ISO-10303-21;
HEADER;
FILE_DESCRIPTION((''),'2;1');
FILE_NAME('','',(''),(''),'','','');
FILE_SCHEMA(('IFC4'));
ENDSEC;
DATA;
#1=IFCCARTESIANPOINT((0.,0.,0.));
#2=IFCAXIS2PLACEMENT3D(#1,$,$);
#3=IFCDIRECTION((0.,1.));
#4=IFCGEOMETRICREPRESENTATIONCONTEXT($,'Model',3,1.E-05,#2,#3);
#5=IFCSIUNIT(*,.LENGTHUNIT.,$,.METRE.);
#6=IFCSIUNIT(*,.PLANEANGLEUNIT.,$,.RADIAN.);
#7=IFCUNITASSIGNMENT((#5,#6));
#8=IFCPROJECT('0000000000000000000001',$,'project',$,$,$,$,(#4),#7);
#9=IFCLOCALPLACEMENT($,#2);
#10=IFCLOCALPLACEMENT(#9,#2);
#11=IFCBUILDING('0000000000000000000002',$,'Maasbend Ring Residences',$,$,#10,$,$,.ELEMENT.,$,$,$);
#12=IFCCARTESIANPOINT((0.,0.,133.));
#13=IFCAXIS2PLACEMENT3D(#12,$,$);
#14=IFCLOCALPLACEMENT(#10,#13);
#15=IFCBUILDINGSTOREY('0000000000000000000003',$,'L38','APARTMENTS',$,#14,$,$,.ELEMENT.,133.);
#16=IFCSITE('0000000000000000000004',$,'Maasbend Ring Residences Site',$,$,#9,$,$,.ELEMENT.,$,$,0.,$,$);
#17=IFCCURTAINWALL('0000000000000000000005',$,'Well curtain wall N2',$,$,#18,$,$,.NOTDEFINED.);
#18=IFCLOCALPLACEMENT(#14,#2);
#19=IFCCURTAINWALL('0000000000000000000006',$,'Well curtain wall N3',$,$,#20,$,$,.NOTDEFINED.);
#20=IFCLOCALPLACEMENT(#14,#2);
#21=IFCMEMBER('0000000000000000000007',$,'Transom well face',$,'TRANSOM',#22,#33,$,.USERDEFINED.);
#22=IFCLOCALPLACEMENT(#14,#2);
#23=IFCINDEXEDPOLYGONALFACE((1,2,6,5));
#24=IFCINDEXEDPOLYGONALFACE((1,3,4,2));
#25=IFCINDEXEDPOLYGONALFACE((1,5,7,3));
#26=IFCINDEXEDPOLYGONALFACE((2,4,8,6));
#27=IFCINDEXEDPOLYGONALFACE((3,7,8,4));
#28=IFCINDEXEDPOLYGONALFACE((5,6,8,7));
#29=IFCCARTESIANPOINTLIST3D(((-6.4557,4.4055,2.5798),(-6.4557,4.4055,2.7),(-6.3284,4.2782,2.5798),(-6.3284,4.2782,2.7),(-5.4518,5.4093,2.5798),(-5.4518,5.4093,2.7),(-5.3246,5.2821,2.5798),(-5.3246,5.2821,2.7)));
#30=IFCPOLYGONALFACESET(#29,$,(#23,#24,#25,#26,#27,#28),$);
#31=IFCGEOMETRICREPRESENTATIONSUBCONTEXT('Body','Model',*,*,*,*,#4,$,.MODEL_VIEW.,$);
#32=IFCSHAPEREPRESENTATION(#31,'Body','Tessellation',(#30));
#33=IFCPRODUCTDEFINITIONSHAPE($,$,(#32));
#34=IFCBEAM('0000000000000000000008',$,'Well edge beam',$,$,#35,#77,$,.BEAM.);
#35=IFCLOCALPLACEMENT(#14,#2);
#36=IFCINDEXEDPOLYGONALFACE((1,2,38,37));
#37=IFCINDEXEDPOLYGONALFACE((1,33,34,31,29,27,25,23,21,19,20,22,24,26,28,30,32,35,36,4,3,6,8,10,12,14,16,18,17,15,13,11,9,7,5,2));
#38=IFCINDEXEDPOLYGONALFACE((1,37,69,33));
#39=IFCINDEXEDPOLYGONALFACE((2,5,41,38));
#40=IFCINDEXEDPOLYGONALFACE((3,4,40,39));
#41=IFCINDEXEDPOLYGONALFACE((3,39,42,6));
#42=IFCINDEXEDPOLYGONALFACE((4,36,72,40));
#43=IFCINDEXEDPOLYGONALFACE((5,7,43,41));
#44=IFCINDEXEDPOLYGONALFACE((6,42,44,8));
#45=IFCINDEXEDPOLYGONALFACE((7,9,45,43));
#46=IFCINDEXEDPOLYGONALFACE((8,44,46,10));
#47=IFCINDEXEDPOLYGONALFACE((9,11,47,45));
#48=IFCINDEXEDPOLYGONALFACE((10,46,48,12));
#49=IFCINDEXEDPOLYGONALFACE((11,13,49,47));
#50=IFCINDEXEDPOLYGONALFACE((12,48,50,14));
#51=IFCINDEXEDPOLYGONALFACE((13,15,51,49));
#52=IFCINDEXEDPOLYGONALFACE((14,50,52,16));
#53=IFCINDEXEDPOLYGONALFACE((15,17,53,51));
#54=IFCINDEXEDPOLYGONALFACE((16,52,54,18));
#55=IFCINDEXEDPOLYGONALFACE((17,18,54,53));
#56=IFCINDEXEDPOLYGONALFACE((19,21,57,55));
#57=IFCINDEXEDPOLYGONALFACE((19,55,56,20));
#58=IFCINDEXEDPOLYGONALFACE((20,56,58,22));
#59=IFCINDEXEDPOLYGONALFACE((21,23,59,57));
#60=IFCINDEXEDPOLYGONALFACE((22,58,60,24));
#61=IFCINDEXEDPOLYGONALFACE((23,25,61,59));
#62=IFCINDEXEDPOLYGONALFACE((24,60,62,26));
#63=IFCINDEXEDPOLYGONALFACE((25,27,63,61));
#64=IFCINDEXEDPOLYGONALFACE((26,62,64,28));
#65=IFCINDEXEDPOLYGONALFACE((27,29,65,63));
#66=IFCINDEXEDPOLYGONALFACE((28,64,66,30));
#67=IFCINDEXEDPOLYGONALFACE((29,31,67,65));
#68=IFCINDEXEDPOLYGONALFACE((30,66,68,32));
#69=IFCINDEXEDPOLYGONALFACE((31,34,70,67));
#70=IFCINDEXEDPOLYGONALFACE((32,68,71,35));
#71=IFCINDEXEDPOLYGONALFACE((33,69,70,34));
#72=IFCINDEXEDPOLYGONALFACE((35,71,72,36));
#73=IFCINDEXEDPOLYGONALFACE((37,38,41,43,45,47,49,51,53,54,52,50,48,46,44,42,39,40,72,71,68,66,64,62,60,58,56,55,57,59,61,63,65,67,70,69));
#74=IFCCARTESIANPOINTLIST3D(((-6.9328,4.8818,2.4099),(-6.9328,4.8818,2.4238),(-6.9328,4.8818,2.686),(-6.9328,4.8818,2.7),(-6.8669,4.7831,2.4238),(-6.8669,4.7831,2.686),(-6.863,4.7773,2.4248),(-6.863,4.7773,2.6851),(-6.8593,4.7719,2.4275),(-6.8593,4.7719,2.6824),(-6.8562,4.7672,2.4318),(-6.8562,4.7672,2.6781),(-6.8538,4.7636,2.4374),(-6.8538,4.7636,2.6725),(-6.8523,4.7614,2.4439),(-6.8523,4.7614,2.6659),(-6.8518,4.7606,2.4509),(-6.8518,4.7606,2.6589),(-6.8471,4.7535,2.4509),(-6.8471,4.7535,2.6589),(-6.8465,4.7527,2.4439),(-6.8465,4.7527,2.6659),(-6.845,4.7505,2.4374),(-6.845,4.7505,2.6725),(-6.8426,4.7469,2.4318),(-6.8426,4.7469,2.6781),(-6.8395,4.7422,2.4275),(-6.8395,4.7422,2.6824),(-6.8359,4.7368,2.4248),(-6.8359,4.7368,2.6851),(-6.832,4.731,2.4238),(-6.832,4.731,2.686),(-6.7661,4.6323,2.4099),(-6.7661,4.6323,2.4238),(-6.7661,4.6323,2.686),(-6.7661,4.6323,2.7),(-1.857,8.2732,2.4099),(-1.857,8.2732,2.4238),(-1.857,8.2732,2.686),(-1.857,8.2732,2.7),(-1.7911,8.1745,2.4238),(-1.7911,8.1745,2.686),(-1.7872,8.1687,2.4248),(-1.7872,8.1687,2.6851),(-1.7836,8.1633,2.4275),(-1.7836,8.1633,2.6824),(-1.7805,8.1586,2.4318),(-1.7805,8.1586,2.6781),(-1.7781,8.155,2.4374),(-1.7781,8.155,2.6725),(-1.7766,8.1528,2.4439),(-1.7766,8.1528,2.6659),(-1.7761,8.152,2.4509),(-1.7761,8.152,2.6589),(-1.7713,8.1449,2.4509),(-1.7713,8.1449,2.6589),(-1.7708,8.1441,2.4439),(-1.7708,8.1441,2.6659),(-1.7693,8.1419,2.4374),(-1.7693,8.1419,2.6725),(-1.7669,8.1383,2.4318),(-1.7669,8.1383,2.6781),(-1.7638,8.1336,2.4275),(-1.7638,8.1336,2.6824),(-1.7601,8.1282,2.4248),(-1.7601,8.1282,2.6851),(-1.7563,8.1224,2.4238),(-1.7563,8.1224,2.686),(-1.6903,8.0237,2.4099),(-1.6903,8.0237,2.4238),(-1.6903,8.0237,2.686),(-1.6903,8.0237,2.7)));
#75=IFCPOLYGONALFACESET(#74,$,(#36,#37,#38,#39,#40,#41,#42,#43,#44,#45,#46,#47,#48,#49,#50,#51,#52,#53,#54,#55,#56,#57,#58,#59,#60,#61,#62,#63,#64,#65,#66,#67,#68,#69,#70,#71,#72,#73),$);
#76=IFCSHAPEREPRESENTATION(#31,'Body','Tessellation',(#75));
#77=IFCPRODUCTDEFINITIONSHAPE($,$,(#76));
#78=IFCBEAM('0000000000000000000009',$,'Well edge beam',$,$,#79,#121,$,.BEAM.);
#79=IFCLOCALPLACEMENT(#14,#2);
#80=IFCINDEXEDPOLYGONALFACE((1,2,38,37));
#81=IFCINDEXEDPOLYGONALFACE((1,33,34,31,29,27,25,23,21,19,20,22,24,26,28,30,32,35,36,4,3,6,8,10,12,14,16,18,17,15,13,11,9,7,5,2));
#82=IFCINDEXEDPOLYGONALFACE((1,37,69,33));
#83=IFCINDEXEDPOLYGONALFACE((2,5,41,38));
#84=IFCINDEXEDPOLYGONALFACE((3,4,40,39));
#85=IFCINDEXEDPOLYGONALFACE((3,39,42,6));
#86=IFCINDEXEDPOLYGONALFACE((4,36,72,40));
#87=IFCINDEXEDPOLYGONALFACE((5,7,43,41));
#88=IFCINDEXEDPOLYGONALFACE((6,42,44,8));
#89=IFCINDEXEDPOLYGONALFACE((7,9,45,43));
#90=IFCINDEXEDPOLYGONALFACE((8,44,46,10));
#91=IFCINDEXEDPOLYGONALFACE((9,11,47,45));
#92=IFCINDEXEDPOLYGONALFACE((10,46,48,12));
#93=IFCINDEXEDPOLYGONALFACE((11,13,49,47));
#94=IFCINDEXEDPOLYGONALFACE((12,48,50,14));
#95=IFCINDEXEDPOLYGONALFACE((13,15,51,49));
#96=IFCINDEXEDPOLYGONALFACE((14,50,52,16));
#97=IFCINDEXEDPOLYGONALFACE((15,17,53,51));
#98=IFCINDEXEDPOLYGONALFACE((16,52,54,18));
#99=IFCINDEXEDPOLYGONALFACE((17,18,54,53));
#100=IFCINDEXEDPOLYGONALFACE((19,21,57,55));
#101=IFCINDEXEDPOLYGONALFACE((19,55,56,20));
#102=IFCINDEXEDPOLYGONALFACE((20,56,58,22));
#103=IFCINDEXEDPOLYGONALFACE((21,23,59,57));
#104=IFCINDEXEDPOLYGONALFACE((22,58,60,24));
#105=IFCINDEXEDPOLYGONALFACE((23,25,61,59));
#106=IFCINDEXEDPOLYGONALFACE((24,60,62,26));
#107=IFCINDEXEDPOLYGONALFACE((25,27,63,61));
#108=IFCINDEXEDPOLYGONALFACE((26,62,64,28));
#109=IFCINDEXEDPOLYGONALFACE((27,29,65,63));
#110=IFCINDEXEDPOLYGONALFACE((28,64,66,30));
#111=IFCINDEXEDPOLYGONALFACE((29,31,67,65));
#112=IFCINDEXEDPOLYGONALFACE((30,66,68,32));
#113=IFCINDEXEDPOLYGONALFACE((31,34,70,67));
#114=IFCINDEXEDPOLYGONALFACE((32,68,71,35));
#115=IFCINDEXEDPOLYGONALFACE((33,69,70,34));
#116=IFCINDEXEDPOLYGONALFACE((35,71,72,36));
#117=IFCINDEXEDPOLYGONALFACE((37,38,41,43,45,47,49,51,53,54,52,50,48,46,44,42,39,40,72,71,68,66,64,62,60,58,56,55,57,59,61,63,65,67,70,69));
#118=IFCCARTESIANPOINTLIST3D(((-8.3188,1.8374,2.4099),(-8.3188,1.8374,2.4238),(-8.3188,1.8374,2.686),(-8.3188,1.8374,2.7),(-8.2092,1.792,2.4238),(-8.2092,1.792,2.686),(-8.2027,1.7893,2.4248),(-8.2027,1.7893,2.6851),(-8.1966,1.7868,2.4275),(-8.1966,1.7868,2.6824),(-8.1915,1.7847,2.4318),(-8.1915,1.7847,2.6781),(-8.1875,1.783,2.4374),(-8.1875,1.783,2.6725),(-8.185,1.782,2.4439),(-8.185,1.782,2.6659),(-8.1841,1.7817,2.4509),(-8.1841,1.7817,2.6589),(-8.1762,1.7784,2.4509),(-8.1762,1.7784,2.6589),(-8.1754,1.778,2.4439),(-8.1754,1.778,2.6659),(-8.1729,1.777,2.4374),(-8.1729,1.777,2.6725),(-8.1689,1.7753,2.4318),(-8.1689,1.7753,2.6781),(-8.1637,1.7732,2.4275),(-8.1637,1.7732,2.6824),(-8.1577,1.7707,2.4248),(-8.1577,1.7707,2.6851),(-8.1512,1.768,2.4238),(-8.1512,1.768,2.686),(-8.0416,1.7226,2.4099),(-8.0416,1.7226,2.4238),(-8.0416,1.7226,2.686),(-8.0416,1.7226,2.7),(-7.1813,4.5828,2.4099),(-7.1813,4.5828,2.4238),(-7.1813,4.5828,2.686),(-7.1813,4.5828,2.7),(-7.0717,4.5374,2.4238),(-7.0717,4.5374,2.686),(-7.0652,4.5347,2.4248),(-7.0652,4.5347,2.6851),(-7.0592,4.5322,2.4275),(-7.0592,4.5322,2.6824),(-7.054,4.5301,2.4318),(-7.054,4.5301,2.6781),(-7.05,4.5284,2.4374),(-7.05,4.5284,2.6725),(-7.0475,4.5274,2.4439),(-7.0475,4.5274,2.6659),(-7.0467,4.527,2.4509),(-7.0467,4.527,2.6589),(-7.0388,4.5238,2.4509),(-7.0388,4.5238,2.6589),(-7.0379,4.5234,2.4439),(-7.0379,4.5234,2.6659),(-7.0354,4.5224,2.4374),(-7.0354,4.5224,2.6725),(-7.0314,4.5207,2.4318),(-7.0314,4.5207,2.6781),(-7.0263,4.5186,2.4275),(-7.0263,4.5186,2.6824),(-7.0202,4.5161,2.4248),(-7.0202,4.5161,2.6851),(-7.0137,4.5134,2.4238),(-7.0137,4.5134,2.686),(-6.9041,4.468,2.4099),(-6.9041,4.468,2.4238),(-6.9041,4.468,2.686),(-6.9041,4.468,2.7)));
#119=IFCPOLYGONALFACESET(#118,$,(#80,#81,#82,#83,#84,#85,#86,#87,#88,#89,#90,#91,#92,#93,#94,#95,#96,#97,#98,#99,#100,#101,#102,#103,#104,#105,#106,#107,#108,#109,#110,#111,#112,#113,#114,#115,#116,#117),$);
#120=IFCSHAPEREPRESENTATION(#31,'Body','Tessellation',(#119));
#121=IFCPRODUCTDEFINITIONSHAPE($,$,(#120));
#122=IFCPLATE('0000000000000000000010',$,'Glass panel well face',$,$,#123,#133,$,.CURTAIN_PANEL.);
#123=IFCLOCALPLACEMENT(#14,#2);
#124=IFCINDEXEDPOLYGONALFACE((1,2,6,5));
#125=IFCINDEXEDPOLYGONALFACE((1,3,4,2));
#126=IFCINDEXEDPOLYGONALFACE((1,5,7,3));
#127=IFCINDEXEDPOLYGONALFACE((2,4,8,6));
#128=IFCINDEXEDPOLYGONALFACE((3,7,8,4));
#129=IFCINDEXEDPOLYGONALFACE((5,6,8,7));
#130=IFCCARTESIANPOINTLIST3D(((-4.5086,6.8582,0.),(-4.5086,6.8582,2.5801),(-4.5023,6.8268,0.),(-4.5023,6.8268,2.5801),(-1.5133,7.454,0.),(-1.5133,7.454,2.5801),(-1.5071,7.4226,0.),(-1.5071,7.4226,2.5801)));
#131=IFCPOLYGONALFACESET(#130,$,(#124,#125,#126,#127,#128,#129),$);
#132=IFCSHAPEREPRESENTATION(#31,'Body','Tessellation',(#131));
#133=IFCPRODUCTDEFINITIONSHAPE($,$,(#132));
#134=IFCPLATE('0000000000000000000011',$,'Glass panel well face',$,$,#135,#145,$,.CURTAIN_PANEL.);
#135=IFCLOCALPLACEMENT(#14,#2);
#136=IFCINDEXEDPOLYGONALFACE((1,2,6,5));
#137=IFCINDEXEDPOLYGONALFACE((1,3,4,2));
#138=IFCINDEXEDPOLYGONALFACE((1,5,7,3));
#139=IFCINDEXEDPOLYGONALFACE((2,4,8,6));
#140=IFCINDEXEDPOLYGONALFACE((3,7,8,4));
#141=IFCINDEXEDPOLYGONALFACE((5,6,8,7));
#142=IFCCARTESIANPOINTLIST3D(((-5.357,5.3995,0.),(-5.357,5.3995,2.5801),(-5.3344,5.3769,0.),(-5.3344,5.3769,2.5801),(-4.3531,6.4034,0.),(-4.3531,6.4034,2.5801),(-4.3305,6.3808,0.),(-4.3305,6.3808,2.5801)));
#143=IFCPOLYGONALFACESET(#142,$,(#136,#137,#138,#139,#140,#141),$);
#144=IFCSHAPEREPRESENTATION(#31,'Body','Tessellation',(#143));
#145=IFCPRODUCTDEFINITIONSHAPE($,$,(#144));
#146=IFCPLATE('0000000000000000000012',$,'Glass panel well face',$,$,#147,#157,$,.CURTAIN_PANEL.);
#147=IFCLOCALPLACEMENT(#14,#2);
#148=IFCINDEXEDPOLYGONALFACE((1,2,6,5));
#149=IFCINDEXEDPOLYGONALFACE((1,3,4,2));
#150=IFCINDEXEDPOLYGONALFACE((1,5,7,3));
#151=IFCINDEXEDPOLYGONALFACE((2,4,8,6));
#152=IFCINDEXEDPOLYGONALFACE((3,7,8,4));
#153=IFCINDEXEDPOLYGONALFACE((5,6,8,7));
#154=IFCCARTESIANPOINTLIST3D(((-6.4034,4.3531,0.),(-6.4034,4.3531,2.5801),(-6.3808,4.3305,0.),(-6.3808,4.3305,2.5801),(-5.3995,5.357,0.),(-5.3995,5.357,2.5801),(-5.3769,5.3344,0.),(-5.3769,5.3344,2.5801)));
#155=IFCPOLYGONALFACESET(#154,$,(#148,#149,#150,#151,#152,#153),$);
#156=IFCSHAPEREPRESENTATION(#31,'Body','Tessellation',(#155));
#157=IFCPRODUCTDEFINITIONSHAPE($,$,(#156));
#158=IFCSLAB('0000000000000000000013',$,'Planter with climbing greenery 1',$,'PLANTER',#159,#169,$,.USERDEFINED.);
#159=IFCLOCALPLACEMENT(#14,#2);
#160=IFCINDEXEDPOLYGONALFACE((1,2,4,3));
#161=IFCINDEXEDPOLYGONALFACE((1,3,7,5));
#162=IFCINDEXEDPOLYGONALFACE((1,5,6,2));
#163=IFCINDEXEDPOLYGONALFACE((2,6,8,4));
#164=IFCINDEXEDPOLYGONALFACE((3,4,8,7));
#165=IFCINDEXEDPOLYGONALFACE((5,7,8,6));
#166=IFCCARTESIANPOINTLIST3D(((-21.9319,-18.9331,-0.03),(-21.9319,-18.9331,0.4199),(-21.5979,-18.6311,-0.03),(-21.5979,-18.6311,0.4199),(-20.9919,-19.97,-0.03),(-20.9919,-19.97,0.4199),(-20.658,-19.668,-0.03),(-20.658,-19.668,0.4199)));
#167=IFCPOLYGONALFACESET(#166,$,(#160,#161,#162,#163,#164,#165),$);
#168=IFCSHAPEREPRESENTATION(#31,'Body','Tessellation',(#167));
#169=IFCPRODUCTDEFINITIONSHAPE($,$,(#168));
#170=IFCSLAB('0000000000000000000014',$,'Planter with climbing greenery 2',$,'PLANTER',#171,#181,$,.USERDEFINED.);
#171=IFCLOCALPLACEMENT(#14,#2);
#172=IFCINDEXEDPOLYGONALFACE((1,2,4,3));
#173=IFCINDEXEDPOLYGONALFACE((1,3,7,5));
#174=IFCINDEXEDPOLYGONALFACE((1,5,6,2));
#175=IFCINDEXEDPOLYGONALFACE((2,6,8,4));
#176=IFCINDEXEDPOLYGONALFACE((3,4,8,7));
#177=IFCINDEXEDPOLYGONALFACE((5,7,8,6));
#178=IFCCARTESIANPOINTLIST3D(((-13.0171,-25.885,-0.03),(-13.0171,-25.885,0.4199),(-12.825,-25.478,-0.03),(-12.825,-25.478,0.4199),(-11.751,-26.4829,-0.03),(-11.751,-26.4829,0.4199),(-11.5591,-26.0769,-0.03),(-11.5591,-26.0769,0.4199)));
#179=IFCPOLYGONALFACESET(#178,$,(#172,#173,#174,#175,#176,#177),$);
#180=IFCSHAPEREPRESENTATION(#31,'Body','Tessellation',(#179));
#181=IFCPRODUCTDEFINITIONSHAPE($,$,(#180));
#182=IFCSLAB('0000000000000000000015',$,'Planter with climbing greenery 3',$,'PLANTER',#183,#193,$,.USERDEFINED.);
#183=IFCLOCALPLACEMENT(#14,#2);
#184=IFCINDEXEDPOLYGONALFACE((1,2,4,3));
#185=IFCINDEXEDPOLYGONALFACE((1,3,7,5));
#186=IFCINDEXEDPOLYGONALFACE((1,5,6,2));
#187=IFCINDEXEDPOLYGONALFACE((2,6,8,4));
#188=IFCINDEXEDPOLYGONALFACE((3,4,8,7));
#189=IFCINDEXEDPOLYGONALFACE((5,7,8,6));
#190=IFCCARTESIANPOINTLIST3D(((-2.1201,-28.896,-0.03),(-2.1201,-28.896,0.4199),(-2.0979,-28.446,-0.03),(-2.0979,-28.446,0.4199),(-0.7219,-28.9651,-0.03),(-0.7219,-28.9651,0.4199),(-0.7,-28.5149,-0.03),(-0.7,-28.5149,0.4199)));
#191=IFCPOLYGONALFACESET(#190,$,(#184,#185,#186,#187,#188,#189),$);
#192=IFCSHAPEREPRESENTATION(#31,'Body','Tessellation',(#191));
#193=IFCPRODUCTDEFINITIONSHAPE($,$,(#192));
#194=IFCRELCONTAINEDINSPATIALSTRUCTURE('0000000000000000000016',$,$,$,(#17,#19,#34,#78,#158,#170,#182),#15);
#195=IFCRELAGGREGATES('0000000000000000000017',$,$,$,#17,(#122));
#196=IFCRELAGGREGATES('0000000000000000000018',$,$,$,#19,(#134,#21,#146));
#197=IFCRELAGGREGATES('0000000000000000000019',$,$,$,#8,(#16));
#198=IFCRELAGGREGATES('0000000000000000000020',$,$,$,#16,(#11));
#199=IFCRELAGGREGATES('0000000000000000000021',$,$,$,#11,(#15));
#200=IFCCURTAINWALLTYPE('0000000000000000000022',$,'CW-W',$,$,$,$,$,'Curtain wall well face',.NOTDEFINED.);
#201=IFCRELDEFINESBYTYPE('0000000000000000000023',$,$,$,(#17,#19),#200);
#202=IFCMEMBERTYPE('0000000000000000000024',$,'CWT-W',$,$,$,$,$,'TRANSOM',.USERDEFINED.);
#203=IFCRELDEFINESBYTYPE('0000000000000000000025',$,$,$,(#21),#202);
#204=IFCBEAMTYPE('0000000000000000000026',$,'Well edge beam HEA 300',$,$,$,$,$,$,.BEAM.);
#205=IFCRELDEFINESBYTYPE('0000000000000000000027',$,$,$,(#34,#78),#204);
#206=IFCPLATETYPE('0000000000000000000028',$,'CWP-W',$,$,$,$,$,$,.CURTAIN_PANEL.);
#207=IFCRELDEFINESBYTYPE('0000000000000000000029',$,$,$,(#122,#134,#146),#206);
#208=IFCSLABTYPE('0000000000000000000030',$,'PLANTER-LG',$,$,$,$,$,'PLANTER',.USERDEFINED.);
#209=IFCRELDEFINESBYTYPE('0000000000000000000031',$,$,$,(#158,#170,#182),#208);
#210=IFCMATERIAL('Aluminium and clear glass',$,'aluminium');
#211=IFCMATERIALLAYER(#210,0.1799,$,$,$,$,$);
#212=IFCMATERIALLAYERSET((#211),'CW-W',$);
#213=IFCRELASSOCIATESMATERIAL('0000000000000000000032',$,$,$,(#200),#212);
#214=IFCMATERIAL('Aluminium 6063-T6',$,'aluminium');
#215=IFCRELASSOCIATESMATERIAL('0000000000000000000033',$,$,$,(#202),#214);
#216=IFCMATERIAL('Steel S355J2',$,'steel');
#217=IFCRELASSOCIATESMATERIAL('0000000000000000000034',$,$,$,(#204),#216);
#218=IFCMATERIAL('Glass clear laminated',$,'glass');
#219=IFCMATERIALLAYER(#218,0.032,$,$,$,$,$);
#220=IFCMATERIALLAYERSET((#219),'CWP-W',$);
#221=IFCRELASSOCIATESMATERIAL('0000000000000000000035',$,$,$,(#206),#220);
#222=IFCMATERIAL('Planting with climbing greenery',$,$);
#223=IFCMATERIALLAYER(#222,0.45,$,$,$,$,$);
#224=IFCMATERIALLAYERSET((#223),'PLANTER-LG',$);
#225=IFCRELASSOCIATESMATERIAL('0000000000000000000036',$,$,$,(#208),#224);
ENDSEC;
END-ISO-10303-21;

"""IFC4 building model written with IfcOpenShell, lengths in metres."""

from ifc_helpers import new_model, si_unit, direction, frame, origin, origin_2d, place, context, subcontext, project, spatial, polyline, rectangle, i_section, outline, extrude, material, layer, layer_set, material_profile, profile_set, type_object, element, aggregate, save


model = new_model("IFC4")

# Units and contexts
model_context = context("Model", 3, precision=1e-05, world=origin(), true_north=direction((0.0, 1.0)))
body_context = subcontext(model_context, "Body", "Model", "MODEL_VIEW")
ifc_project = project(units=[si_unit("LENGTHUNIT", "METRE"), si_unit("PLANEANGLEUNIT", "RADIAN")], contexts=[model_context])

# Site, building, storey
site_placement = place(None, origin())
site = spatial("IfcSite", under=ifc_project, at=site_placement, Name="Maasbend Ring Residences Site", CompositionType="ELEMENT", RefElevation=0.0)
building_placement = place(site_placement, origin())
building = spatial("IfcBuilding", under=site, at=building_placement, Name="Maasbend Ring Residences", CompositionType="ELEMENT")
storey_placement = place(building_placement, frame((0.0, 0.0, 133.0)))
storey = spatial("IfcBuildingStorey", under=building, at=storey_placement, Name="L38", Description="APARTMENTS", CompositionType="ELEMENT", Elevation=133.0)

# Curtain walls
ifc_material_1 = material(Name="Aluminium and clear glass", Category="aluminium")
ifc_layer_1 = layer(ifc_material_1, 0.1799)
ifc_layer_set_1 = layer_set([ifc_layer_1], Name="CW-W")
curtain_wall_type = type_object("IfcCurtainWallType", Name="CW-W", ElementType="Curtain wall well face", PredefinedType="NOTDEFINED", material=ifc_layer_set_1)
curtain_wall_1_placement = place(storey_placement, origin())
curtain_wall_1 = element("IfcCurtainWall", 1, at=curtain_wall_1_placement, inside=storey, type_object=curtain_wall_type, Name="Well curtain wall N2", PredefinedType="NOTDEFINED")
curtain_wall_2_placement = place(storey_placement, origin())
curtain_wall_2 = element("IfcCurtainWall", 2, at=curtain_wall_2_placement, inside=storey, type_object=curtain_wall_type, Name="Well curtain wall N3", PredefinedType="NOTDEFINED")

# Member
ifc_material_2 = material(Name="Aluminium 6063-T6", Category="aluminium")
ifc_material_profile_1 = material_profile(ifc_material_2, rectangle(XDim=0.1799, YDim=0.1201, at=origin_2d()), Name="AL 180x120")
ifc_profile_set_1 = profile_set([ifc_material_profile_1], Name="Aluminium 6063-T6")
member_type_1 = type_object("IfcMemberType", Name="CWT-W", ElementType="TRANSOM", PredefinedType="USERDEFINED", material=ifc_profile_set_1)
member_1_placement = place(storey_placement, frame((-5.3882, 5.3457, 2.6399), z_axis=(-0.707107, -0.707107, 0.0), x_axis=(0.707107, -0.707107, 0.0)))
member_1 = element("IfcMember", 3, at=member_1_placement, type_object=member_type_1, Name="Transom well face", ObjectType="TRANSOM", PredefinedType="USERDEFINED", context=body_context, shape_type="SweptSolid", body=[
    extrude(rectangle(XDim=0.1799, YDim=0.1201, at=origin_2d()), origin(), (0.0, 0.0, 1.0), 1.4197),
])

# Beams
ifc_material_3 = material(Name="Steel S355J2", Category="steel")
ifc_material_profile_2 = material_profile(ifc_material_3, i_section(OverallWidth=0.3, OverallDepth=0.29, WebThickness=0.0085, FlangeThickness=0.0139, FilletRadius=0.0271, at=origin_2d()), Name="HEA 300")
ifc_profile_set_2 = profile_set([ifc_material_profile_2], Name="Steel S355J2")
beam_type = type_object("IfcBeamType", Name="Well edge beam HEA 300", PredefinedType="BEAM", material=ifc_profile_set_2)
beam_1_placement = place(storey_placement, frame((-1.7737, 8.1484, 2.5549), z_axis=(-0.831478, -0.555558, 0.0), x_axis=(0.555558, -0.831478, 0.0)))
element("IfcBeam", 4, at=beam_1_placement, inside=storey, type_object=beam_type, Name="Well edge beam", PredefinedType="BEAM", context=body_context, shape_type="SweptSolid", body=[
    extrude(i_section(OverallWidth=0.3, OverallDepth=0.29, WebThickness=0.0085, FlangeThickness=0.0139, FilletRadius=0.0271, at=origin_2d()), origin(), (0.0, 0.0, 1.0), 6.1045),
])
beam_2_placement = place(storey_placement, frame((-7.0427, 4.5254, 2.5549), z_axis=(-0.382765, -0.923846, 0.0), x_axis=(0.923846, -0.382765, 0.0)))
element("IfcBeam", 5, at=beam_2_placement, inside=storey, type_object=beam_type, Name="Well edge beam", PredefinedType="BEAM", context=body_context, shape_type="SweptSolid", body=[
    extrude(i_section(OverallWidth=0.3, OverallDepth=0.29, WebThickness=0.0085, FlangeThickness=0.0139, FilletRadius=0.0271, at=origin_2d()), origin(), (0.0, 0.0, 1.0), 2.9717),
])

# Plates
ifc_material_4 = material(Name="Glass clear laminated", Category="glass")
ifc_layer_2 = layer(ifc_material_4, 0.032)
ifc_layer_set_2 = layer_set([ifc_layer_2], Name="CWP-W")
plate_type = type_object("IfcPlateType", Name="CWP-W", PredefinedType="CURTAIN_PANEL", material=ifc_layer_set_2)
plate_1_placement = place(storey_placement, frame((-3.0078, 7.1404, 0.0), z_axis=(0.0, 0.0, 1.0), x_axis=(-0.980785, -0.19509, 0.0)))
plate_1 = element("IfcPlate", 6, at=plate_1_placement, type_object=plate_type, Name="Glass panel well face", PredefinedType="CURTAIN_PANEL", context=body_context, shape_type="SweptSolid", body=[
    extrude(rectangle(XDim=3.054, YDim=0.032, at=origin_2d()), origin(), (0.0, 0.0, 1.0), 2.5801),
])
aggregate(curtain_wall_1, [plate_1])
plate_2_placement = place(storey_placement, frame((-4.8438, 5.8901, 0.0), z_axis=(0.0, 0.0, 1.0), x_axis=(-0.707107, -0.707107, 0.0)))
plate_2 = element("IfcPlate", 7, at=plate_2_placement, type_object=plate_type, Name="Glass panel well face", PredefinedType="CURTAIN_PANEL", context=body_context, shape_type="SweptSolid", body=[
    extrude(rectangle(XDim=1.4197, YDim=0.032, at=origin_2d()), origin(), (0.0, 0.0, 1.0), 2.5801),
])
plate_3_placement = place(storey_placement, frame((-5.8901, 4.8438, 0.0), z_axis=(0.0, 0.0, 1.0), x_axis=(-0.707107, -0.707107, 0.0)))
plate_3 = element("IfcPlate", 8, at=plate_3_placement, type_object=plate_type, Name="Glass panel well face", PredefinedType="CURTAIN_PANEL", context=body_context, shape_type="SweptSolid", body=[
    extrude(rectangle(XDim=1.4197, YDim=0.032, at=origin_2d()), origin(), (0.0, 0.0, 1.0), 2.5801),
])
aggregate(curtain_wall_2, [plate_2, member_1, plate_3])

# Slabs
ifc_material_5 = material(Name="Planting with climbing greenery")
ifc_layer_3 = layer(ifc_material_5, 0.45)
ifc_layer_set_3 = layer_set([ifc_layer_3], Name="PLANTER-LG")
slab_type_1 = type_object("IfcSlabType", Name="PLANTER-LG", ElementType="PLANTER", PredefinedType="USERDEFINED", material=ifc_layer_set_3)
slab_1_placement = place(storey_placement, frame((0.0, 0.0, -0.03)))
element("IfcSlab", 9, at=slab_1_placement, inside=storey, type_object=slab_type_1, Name="Planter with climbing greenery 1", ObjectType="PLANTER", PredefinedType="USERDEFINED", context=body_context, shape_type="SweptSolid", body=[
    extrude(outline(polyline([(-21.9319, -18.9331), (-20.9919, -19.97), (-20.658, -19.668), (-21.5979, -18.6311), (-21.9319, -18.9331)])), origin(), (0.0, 0.0, 1.0), 0.45),
])
slab_2_placement = place(storey_placement, frame((0.0, 0.0, -0.03)))
element("IfcSlab", 10, at=slab_2_placement, inside=storey, type_object=slab_type_1, Name="Planter with climbing greenery 2", ObjectType="PLANTER", PredefinedType="USERDEFINED", context=body_context, shape_type="SweptSolid", body=[
    extrude(outline(polyline([(-13.0171, -25.885), (-11.751, -26.4829), (-11.5591, -26.0769), (-12.825, -25.478), (-13.0171, -25.885)])), origin(), (0.0, 0.0, 1.0), 0.45),
])
slab_3_placement = place(storey_placement, frame((0.0, 0.0, -0.03)))
element("IfcSlab", 11, at=slab_3_placement, inside=storey, type_object=slab_type_1, Name="Planter with climbing greenery 3", ObjectType="PLANTER", PredefinedType="USERDEFINED", context=body_context, shape_type="SweptSolid", body=[
    extrude(outline(polyline([(-2.1201, -28.896), (-0.7219, -28.9651), (-0.7, -28.5149), (-2.0979, -28.446), (-2.1201, -28.896)])), origin(), (0.0, 0.0, 1.0), 0.45),
])

save(model, "model.ifc")
